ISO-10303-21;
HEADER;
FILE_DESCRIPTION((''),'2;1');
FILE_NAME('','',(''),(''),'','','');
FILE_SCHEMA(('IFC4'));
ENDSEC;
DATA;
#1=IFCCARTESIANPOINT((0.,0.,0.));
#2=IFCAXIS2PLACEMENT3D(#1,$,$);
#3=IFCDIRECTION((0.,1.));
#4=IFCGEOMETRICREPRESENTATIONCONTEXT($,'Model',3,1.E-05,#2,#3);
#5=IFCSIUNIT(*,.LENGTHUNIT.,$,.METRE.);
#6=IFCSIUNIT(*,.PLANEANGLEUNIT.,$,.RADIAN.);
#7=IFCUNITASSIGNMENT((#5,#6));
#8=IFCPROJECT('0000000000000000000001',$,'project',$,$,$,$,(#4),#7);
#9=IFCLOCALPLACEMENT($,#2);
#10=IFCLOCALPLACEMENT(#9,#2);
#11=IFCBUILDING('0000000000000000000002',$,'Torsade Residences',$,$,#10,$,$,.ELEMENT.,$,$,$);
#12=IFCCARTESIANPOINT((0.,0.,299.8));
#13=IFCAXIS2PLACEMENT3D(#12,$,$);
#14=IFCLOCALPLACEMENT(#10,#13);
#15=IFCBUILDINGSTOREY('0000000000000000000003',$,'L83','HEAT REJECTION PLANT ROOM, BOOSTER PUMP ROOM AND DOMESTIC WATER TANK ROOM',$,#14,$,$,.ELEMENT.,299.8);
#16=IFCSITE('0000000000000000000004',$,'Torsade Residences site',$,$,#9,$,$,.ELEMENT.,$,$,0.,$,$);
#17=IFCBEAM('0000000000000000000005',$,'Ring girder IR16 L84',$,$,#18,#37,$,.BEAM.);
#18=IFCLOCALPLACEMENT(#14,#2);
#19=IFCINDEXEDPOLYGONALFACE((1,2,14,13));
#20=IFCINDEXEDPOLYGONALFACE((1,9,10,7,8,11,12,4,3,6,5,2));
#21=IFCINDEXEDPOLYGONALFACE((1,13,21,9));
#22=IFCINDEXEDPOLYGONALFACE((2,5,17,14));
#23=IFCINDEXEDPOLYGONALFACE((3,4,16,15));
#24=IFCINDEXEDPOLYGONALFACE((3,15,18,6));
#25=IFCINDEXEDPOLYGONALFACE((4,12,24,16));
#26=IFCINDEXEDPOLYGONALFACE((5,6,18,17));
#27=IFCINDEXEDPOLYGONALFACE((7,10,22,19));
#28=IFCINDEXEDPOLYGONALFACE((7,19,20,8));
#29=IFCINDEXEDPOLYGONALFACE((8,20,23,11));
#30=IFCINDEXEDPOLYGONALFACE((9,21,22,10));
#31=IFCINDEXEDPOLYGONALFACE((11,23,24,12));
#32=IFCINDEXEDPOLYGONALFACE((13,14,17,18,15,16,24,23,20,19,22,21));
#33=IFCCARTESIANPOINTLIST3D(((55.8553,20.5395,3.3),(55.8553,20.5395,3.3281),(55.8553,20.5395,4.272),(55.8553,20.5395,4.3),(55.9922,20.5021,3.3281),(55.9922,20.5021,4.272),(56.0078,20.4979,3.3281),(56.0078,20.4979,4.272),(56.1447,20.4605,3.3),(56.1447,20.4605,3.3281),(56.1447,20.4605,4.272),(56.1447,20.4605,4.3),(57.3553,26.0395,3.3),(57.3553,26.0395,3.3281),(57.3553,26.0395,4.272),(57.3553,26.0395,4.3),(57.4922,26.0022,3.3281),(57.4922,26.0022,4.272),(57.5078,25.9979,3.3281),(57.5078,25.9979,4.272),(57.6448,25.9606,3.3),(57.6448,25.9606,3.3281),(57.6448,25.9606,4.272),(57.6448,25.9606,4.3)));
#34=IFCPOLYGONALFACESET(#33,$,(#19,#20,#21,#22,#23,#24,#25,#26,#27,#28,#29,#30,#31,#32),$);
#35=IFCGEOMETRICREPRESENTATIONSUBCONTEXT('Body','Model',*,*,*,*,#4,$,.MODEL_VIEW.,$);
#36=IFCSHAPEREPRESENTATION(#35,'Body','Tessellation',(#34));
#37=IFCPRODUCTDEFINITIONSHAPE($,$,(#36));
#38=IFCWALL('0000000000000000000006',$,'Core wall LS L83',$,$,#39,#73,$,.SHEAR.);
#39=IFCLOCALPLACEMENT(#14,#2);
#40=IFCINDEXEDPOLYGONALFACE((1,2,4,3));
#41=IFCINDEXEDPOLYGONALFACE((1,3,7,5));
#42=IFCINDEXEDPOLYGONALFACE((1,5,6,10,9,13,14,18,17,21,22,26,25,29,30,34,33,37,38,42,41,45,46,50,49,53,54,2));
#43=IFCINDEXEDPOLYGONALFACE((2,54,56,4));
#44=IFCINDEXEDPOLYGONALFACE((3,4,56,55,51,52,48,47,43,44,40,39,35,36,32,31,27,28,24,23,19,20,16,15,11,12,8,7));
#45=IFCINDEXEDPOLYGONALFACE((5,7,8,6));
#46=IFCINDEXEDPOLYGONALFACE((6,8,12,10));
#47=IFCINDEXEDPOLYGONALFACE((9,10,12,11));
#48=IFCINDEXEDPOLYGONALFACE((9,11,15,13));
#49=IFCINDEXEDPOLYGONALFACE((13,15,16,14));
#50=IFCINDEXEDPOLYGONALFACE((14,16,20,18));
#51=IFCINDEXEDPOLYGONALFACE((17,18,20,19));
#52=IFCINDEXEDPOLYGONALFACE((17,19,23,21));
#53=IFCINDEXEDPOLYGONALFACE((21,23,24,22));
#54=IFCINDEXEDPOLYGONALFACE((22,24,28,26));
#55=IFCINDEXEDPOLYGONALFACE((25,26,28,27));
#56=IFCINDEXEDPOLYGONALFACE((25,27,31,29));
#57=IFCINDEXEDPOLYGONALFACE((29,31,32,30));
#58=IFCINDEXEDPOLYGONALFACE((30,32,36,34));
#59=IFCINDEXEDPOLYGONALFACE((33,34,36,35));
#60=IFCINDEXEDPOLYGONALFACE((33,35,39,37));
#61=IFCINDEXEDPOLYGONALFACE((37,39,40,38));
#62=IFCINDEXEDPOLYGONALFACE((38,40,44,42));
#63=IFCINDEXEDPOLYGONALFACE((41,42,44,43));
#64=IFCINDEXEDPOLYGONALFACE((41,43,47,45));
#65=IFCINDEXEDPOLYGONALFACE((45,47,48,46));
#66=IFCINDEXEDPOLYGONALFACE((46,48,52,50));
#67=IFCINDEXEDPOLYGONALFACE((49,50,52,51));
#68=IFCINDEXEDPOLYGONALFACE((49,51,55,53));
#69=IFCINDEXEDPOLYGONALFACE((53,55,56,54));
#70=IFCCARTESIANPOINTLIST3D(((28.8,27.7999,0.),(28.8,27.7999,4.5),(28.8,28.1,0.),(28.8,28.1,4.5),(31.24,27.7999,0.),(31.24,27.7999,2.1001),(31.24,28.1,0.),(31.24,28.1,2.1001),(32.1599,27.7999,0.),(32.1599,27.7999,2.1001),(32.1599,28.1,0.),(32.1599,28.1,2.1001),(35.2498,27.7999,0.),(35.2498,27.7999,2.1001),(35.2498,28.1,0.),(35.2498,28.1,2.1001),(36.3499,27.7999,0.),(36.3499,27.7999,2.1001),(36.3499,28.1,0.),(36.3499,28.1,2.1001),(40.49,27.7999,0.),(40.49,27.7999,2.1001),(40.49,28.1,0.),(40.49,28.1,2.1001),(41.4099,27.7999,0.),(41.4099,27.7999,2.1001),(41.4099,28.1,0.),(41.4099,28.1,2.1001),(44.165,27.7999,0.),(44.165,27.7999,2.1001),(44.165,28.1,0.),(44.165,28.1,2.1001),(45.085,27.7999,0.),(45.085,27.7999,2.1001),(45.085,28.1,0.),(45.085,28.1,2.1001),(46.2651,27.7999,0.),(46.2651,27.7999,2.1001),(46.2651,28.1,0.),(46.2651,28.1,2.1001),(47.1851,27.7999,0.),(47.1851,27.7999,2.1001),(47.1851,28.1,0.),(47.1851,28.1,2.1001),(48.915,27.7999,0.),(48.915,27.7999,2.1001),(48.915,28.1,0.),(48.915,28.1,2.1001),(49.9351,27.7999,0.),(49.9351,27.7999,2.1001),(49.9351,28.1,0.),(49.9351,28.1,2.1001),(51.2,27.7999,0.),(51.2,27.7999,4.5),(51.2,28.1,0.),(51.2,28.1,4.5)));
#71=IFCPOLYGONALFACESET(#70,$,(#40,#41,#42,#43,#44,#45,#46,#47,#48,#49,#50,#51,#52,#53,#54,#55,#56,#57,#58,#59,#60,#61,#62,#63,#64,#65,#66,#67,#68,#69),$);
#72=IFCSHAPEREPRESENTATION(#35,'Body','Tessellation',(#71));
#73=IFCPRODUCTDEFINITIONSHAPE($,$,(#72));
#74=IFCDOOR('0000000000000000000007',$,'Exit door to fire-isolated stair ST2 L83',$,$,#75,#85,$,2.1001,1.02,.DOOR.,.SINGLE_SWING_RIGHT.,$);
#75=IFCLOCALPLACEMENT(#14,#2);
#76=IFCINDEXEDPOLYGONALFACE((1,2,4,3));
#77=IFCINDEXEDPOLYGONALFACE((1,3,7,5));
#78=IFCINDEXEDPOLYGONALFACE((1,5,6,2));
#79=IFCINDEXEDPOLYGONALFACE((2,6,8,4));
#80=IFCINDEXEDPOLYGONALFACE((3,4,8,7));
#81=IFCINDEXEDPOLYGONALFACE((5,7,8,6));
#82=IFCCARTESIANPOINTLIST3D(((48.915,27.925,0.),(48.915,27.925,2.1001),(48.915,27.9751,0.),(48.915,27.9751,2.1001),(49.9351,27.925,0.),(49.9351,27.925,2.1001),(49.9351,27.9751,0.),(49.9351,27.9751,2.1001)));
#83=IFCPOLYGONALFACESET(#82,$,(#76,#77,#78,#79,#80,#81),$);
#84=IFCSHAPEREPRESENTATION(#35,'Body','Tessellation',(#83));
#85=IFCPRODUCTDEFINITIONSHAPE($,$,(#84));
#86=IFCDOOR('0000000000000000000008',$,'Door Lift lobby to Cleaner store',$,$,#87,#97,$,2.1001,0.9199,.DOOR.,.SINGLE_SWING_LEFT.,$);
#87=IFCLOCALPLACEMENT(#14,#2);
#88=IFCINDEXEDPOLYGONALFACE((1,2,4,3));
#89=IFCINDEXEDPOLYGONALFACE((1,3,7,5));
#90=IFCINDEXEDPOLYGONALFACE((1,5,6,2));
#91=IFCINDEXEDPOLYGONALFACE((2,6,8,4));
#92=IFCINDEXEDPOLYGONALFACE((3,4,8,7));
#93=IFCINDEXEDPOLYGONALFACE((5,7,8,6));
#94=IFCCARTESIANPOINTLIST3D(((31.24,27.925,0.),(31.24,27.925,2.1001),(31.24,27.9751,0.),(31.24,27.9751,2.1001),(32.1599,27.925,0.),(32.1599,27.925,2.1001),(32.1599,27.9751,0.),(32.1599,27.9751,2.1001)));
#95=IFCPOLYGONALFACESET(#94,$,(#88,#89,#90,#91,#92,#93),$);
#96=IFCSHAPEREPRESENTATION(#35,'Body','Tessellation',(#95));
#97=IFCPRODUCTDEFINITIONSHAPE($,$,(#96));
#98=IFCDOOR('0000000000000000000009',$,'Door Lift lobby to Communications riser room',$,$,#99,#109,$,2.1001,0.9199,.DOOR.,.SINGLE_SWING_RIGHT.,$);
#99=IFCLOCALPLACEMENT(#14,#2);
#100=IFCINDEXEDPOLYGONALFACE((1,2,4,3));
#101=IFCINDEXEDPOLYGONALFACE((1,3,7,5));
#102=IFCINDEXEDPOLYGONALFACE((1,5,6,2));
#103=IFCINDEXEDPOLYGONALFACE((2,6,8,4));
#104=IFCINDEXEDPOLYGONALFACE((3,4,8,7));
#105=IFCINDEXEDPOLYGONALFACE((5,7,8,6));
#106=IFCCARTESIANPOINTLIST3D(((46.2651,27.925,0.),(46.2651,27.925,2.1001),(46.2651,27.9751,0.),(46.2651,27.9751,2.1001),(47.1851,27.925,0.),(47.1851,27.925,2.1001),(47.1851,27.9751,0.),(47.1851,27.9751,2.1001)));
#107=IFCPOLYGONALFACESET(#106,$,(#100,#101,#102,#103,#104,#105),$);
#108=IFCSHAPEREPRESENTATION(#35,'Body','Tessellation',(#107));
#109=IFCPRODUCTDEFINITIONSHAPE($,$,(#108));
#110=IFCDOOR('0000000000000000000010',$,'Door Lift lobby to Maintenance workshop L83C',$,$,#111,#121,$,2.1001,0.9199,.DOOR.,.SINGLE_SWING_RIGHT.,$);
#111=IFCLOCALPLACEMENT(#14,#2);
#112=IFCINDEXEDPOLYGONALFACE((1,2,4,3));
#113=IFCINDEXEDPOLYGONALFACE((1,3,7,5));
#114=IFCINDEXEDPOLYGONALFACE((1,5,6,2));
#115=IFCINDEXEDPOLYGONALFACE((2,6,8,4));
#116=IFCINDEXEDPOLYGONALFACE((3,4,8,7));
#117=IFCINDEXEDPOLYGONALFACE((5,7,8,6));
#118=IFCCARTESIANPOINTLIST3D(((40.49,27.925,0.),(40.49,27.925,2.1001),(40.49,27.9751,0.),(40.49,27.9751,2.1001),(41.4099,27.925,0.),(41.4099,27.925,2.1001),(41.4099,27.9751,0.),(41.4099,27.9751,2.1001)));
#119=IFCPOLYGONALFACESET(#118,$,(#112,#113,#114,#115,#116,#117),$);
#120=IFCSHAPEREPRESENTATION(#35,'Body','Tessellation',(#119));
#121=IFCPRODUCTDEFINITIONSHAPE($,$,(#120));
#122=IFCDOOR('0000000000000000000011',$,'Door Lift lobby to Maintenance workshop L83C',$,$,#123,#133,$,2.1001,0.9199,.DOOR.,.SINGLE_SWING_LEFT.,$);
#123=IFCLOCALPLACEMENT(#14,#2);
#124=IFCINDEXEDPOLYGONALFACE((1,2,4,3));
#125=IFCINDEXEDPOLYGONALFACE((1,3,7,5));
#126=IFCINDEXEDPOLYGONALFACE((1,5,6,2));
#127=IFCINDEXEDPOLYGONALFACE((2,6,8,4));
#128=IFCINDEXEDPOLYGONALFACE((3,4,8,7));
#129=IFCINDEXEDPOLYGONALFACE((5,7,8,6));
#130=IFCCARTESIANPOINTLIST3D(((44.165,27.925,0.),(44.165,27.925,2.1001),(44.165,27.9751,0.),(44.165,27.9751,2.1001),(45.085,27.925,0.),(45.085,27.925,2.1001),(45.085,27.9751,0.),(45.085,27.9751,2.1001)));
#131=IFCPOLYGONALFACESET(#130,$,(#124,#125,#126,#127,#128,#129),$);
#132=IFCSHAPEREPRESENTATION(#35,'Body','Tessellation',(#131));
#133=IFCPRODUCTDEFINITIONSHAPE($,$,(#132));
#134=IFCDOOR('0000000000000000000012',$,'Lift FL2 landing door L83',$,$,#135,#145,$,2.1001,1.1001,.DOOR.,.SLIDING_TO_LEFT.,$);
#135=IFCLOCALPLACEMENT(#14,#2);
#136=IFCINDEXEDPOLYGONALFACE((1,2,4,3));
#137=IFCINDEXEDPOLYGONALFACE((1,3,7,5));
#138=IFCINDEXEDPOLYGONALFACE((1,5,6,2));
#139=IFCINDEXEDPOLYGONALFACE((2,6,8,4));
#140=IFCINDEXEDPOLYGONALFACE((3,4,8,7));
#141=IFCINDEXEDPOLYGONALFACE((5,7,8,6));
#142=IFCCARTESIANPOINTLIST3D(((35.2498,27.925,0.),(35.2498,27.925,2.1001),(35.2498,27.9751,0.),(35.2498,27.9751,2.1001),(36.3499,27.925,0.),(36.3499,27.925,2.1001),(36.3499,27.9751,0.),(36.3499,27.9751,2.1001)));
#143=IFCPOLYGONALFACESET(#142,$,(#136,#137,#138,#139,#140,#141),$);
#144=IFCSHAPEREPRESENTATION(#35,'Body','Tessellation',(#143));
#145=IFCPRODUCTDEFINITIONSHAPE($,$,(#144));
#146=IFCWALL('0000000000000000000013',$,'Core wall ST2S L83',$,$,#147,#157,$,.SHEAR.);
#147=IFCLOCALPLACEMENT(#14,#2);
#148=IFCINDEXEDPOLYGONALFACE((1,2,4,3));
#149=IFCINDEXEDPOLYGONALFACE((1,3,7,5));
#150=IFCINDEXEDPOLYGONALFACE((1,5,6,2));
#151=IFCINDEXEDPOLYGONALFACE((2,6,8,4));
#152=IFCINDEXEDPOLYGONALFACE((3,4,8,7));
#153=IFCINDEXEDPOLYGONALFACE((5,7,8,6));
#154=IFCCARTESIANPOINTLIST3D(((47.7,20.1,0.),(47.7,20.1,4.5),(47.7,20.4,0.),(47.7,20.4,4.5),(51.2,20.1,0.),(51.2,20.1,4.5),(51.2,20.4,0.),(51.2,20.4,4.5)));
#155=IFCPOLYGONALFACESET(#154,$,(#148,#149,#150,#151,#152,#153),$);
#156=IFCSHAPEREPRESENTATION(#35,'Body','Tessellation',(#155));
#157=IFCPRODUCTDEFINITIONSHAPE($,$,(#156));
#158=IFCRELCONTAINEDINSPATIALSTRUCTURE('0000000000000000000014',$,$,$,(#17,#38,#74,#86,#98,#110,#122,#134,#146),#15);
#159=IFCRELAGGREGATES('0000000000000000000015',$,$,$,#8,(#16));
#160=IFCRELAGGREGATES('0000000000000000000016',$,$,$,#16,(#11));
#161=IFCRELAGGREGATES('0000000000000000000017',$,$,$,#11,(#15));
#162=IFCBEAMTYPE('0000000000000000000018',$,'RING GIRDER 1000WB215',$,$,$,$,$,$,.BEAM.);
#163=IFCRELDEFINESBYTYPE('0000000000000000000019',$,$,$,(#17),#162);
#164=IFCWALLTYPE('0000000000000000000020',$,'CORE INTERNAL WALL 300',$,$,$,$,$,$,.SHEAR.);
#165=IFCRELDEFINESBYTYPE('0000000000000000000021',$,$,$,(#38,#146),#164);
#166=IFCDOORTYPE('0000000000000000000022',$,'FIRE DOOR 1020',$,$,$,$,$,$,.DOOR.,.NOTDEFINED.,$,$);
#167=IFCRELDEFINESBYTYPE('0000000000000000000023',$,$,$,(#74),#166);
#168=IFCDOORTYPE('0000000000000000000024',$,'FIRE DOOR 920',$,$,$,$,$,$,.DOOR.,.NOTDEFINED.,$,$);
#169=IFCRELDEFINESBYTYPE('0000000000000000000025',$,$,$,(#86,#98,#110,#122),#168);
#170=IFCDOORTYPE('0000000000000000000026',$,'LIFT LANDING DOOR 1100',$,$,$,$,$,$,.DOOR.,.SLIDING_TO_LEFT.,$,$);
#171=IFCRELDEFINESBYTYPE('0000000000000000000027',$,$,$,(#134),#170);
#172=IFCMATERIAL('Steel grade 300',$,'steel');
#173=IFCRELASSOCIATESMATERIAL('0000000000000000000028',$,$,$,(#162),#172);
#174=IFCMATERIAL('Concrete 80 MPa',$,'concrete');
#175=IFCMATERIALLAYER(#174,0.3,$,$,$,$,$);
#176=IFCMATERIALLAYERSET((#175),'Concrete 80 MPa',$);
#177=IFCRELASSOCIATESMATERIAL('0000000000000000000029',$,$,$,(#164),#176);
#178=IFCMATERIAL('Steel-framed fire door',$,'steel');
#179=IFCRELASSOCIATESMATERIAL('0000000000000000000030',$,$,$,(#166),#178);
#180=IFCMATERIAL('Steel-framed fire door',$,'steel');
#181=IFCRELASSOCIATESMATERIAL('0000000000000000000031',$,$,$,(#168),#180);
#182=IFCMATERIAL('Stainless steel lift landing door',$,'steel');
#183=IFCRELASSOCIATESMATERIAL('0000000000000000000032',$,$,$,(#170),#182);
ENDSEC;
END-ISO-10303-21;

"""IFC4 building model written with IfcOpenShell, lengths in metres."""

from ifc_helpers import new_model, si_unit, direction, frame, frame_2d, origin, origin_2d, place, context, subcontext, project, spatial, rectangle, i_section, extrude, material, layer, layer_set, material_profile, profile_set, type_object, element, fill, save


model = new_model("IFC4")

# Units and contexts
model_context = context("Model", 3, precision=1e-05, world=origin(), true_north=direction((0.0, 1.0)))
body_context = subcontext(model_context, "Body", "Model", "MODEL_VIEW")
ifc_project = project(units=[si_unit("LENGTHUNIT", "METRE"), si_unit("PLANEANGLEUNIT", "RADIAN")], contexts=[model_context])

# Site, building, storey
site_placement = place(None, origin())
site = spatial("IfcSite", under=ifc_project, at=site_placement, Name="Torsade Residences site", CompositionType="ELEMENT", RefElevation=0.0)
building_placement = place(site_placement, origin())
building = spatial("IfcBuilding", under=site, at=building_placement, Name="Torsade Residences", CompositionType="ELEMENT")
storey_placement = place(building_placement, frame((0.0, 0.0, 299.8)))
storey = spatial("IfcBuildingStorey", under=building, at=storey_placement, Name="L83", Description="HEAT REJECTION PLANT ROOM, BOOSTER PUMP ROOM AND DOMESTIC WATER TANK ROOM", CompositionType="ELEMENT", Elevation=299.8)

# Beam
ifc_material_1 = material(Name="Steel grade 300", Category="steel")
ifc_material_profile_1 = material_profile(ifc_material_1, i_section(OverallWidth=0.3, OverallDepth=1.0, WebThickness=0.0161, FlangeThickness=0.0281, at=origin_2d()), Name="1000WB215")
ifc_profile_set_1 = profile_set([ifc_material_profile_1], Name="Steel grade 300")
beam_type_1 = type_object("IfcBeamType", Name="RING GIRDER 1000WB215", PredefinedType="BEAM", material=ifc_profile_set_1)
beam_1_placement = place(storey_placement, frame((56.0, 20.5, 3.8), z_axis=(0.263117, 0.964764, 0.0), x_axis=(-0.964764, 0.263117, 0.0)))
element("IfcBeam", 1, at=beam_1_placement, inside=storey, type_object=beam_type_1, Name="Ring girder IR16 L84", PredefinedType="BEAM", context=body_context, shape_type="SweptSolid", body=[
    extrude(i_section(OverallWidth=0.3, OverallDepth=1.0, WebThickness=0.0161, FlangeThickness=0.0281, at=origin_2d()), origin(), (0.0, 0.0, 1.0), 5.7009),
])

# Wall, openings, doors
ifc_material_2 = material(Name="Concrete 80 MPa", Category="concrete")
ifc_layer_1 = layer(ifc_material_2, 0.3)
ifc_layer_set_1 = layer_set([ifc_layer_1], Name="Concrete 80 MPa")
wall_type_1 = type_object("IfcWallType", Name="CORE INTERNAL WALL 300", PredefinedType="SHEAR", material=ifc_layer_set_1)
wall_1_placement = place(storey_placement, frame((51.2, 27.95, 0.0), z_axis=(0.0, 0.0, 1.0), x_axis=(-1.0, 0.0, 0.0)))
wall_1 = element("IfcWall", 2, at=wall_1_placement, inside=storey, type_object=wall_type_1, Name="Core wall LS L83", PredefinedType="SHEAR", context=body_context, shape_type="SweptSolid", body=[
    extrude(rectangle(XDim=22.3999, YDim=0.3, at=frame_2d((11.2, 0.0))), origin(), (0.0, 0.0, 1.0), 4.5),
])
opening_1_placement = place(wall_1_placement, frame((19.04, 0.0, 0.0)))
opening_1 = element("IfcOpeningElement", 3, at=opening_1_placement, cuts=wall_1, PredefinedType="OPENING", context=body_context, shape_type="SweptSolid", body=[
    extrude(rectangle(XDim=0.9199, YDim=2.1001, at=frame_2d((0.46, 1.05))), frame((0.0, 0.1599, 0.0), z_axis=(0.0, -1.0, 0.0), x_axis=(1.0, 0.0, 0.0)), (0.0, 0.0, 1.0), 0.3201),
])
opening_2_placement = place(wall_1_placement, frame((1.2649, 0.0, 0.0)))
opening_2 = element("IfcOpeningElement", 4, at=opening_2_placement, cuts=wall_1, PredefinedType="OPENING", context=body_context, shape_type="SweptSolid", body=[
    extrude(rectangle(XDim=1.02, YDim=2.1001, at=frame_2d((0.51, 1.05))), frame((0.0, 0.1599, 0.0), z_axis=(0.0, -1.0, 0.0), x_axis=(1.0, 0.0, 0.0)), (0.0, 0.0, 1.0), 0.3201),
])
opening_3_placement = place(wall_1_placement, frame((4.0149, 0.0, 0.0)))
opening_3 = element("IfcOpeningElement", 5, at=opening_3_placement, cuts=wall_1, PredefinedType="OPENING", context=body_context, shape_type="SweptSolid", body=[
    extrude(rectangle(XDim=0.9199, YDim=2.1001, at=frame_2d((0.46, 1.05))), frame((0.0, 0.1599, 0.0), z_axis=(0.0, -1.0, 0.0), x_axis=(1.0, 0.0, 0.0)), (0.0, 0.0, 1.0), 0.3201),
])
opening_4_placement = place(wall_1_placement, frame((9.79, 0.0, 0.0)))
opening_4 = element("IfcOpeningElement", 6, at=opening_4_placement, cuts=wall_1, PredefinedType="OPENING", context=body_context, shape_type="SweptSolid", body=[
    extrude(rectangle(XDim=0.9199, YDim=2.1001, at=frame_2d((0.46, 1.05))), frame((0.0, 0.1599, 0.0), z_axis=(0.0, -1.0, 0.0), x_axis=(1.0, 0.0, 0.0)), (0.0, 0.0, 1.0), 0.3201),
])
opening_5_placement = place(wall_1_placement, frame((6.115, 0.0, 0.0)))
opening_5 = element("IfcOpeningElement", 7, at=opening_5_placement, cuts=wall_1, PredefinedType="OPENING", context=body_context, shape_type="SweptSolid", body=[
    extrude(rectangle(XDim=0.9199, YDim=2.1001, at=frame_2d((0.46, 1.05))), frame((0.0, 0.1599, 0.0), z_axis=(0.0, -1.0, 0.0), x_axis=(1.0, 0.0, 0.0)), (0.0, 0.0, 1.0), 0.3201),
])
opening_6_placement = place(wall_1_placement, frame((14.8501, 0.0, 0.0)))
opening_6 = element("IfcOpeningElement", 8, at=opening_6_placement, cuts=wall_1, PredefinedType="OPENING", context=body_context, shape_type="SweptSolid", body=[
    extrude(rectangle(XDim=1.1001, YDim=2.1001, at=frame_2d((0.55, 1.05))), frame((0.0, 0.1599, 0.0), z_axis=(0.0, -1.0, 0.0), x_axis=(1.0, 0.0, 0.0)), (0.0, 0.0, 1.0), 0.3201),
])
ifc_material_3 = material(Name="Steel-framed fire door", Category="steel")
door_type_1 = type_object("IfcDoorType", Name="FIRE DOOR 1020", OperationType="NOTDEFINED", PredefinedType="DOOR", material=ifc_material_3)
door_1_placement = place(opening_2_placement, origin())
door_1 = element("IfcDoor", 9, at=door_1_placement, inside=storey, type_object=door_type_1, Name="Exit door to fire-isolated stair ST2 L83", OperationType="SINGLE_SWING_RIGHT", OverallHeight=2.1001, OverallWidth=1.02, PredefinedType="DOOR", context=body_context, shape_type="SweptSolid", body=[
    extrude(rectangle(XDim=1.02, YDim=2.1001, at=frame_2d((0.51, 1.05))), frame((0.0, 0.0249, 0.0), z_axis=(0.0, -1.0, 0.0), x_axis=(1.0, 0.0, 0.0)), (0.0, 0.0, 1.0), 0.05),
])
fill(opening_2, door_1)
ifc_material_4 = material(Name="Steel-framed fire door", Category="steel")
door_type_2 = type_object("IfcDoorType", Name="FIRE DOOR 920", OperationType="NOTDEFINED", PredefinedType="DOOR", material=ifc_material_4)
door_2_placement = place(opening_1_placement, origin())
door_2 = element("IfcDoor", 10, at=door_2_placement, inside=storey, type_object=door_type_2, Name="Door Lift lobby to Cleaner store", OperationType="SINGLE_SWING_LEFT", OverallHeight=2.1001, OverallWidth=0.9199, PredefinedType="DOOR", context=body_context, shape_type="SweptSolid", body=[
    extrude(rectangle(XDim=0.9199, YDim=2.1001, at=frame_2d((0.46, 1.05))), frame((0.0, 0.0249, 0.0), z_axis=(0.0, -1.0, 0.0), x_axis=(1.0, 0.0, 0.0)), (0.0, 0.0, 1.0), 0.05),
])
fill(opening_1, door_2)
door_3_placement = place(opening_3_placement, origin())
door_3 = element("IfcDoor", 11, at=door_3_placement, inside=storey, type_object=door_type_2, Name="Door Lift lobby to Communications riser room", OperationType="SINGLE_SWING_RIGHT", OverallHeight=2.1001, OverallWidth=0.9199, PredefinedType="DOOR", context=body_context, shape_type="SweptSolid", body=[
    extrude(rectangle(XDim=0.9199, YDim=2.1001, at=frame_2d((0.46, 1.05))), frame((0.0, 0.0249, 0.0), z_axis=(0.0, -1.0, 0.0), x_axis=(1.0, 0.0, 0.0)), (0.0, 0.0, 1.0), 0.05),
])
fill(opening_3, door_3)
door_4_placement = place(opening_4_placement, origin())
door_4 = element("IfcDoor", 12, at=door_4_placement, inside=storey, type_object=door_type_2, Name="Door Lift lobby to Maintenance workshop L83C", OperationType="SINGLE_SWING_RIGHT", OverallHeight=2.1001, OverallWidth=0.9199, PredefinedType="DOOR", context=body_context, shape_type="SweptSolid", body=[
    extrude(rectangle(XDim=0.9199, YDim=2.1001, at=frame_2d((0.46, 1.05))), frame((0.0, 0.0249, 0.0), z_axis=(0.0, -1.0, 0.0), x_axis=(1.0, 0.0, 0.0)), (0.0, 0.0, 1.0), 0.05),
])
fill(opening_4, door_4)
door_5_placement = place(opening_5_placement, origin())
door_5 = element("IfcDoor", 13, at=door_5_placement, inside=storey, type_object=door_type_2, Name="Door Lift lobby to Maintenance workshop L83C", OperationType="SINGLE_SWING_LEFT", OverallHeight=2.1001, OverallWidth=0.9199, PredefinedType="DOOR", context=body_context, shape_type="SweptSolid", body=[
    extrude(rectangle(XDim=0.9199, YDim=2.1001, at=frame_2d((0.46, 1.05))), frame((0.0, 0.0249, 0.0), z_axis=(0.0, -1.0, 0.0), x_axis=(1.0, 0.0, 0.0)), (0.0, 0.0, 1.0), 0.05),
])
fill(opening_5, door_5)
ifc_material_5 = material(Name="Stainless steel lift landing door", Category="steel")
door_type_3 = type_object("IfcDoorType", Name="LIFT LANDING DOOR 1100", OperationType="SLIDING_TO_LEFT", PredefinedType="DOOR", material=ifc_material_5)
door_6_placement = place(opening_6_placement, origin())
door_6 = element("IfcDoor", 14, at=door_6_placement, inside=storey, type_object=door_type_3, Name="Lift FL2 landing door L83", OperationType="SLIDING_TO_LEFT", OverallHeight=2.1001, OverallWidth=1.1001, PredefinedType="DOOR", context=body_context, shape_type="SweptSolid", body=[
    extrude(rectangle(XDim=1.1001, YDim=2.1001, at=frame_2d((0.55, 1.05))), frame((0.0, 0.0249, 0.0), z_axis=(0.0, -1.0, 0.0), x_axis=(1.0, 0.0, 0.0)), (0.0, 0.0, 1.0), 0.05),
])
fill(opening_6, door_6)

# Wall
wall_2_placement = place(storey_placement, frame((51.2, 20.25, 0.0), z_axis=(0.0, 0.0, 1.0), x_axis=(-1.0, 0.0, 0.0)))
element("IfcWall", 15, at=wall_2_placement, inside=storey, type_object=wall_type_1, Name="Core wall ST2S L83", PredefinedType="SHEAR", context=body_context, shape_type="SweptSolid", body=[
    extrude(rectangle(XDim=3.5, YDim=0.3, at=frame_2d((1.75, 0.0))), origin(), (0.0, 0.0, 1.0), 4.5),
])

save(model, "model.ifc")
